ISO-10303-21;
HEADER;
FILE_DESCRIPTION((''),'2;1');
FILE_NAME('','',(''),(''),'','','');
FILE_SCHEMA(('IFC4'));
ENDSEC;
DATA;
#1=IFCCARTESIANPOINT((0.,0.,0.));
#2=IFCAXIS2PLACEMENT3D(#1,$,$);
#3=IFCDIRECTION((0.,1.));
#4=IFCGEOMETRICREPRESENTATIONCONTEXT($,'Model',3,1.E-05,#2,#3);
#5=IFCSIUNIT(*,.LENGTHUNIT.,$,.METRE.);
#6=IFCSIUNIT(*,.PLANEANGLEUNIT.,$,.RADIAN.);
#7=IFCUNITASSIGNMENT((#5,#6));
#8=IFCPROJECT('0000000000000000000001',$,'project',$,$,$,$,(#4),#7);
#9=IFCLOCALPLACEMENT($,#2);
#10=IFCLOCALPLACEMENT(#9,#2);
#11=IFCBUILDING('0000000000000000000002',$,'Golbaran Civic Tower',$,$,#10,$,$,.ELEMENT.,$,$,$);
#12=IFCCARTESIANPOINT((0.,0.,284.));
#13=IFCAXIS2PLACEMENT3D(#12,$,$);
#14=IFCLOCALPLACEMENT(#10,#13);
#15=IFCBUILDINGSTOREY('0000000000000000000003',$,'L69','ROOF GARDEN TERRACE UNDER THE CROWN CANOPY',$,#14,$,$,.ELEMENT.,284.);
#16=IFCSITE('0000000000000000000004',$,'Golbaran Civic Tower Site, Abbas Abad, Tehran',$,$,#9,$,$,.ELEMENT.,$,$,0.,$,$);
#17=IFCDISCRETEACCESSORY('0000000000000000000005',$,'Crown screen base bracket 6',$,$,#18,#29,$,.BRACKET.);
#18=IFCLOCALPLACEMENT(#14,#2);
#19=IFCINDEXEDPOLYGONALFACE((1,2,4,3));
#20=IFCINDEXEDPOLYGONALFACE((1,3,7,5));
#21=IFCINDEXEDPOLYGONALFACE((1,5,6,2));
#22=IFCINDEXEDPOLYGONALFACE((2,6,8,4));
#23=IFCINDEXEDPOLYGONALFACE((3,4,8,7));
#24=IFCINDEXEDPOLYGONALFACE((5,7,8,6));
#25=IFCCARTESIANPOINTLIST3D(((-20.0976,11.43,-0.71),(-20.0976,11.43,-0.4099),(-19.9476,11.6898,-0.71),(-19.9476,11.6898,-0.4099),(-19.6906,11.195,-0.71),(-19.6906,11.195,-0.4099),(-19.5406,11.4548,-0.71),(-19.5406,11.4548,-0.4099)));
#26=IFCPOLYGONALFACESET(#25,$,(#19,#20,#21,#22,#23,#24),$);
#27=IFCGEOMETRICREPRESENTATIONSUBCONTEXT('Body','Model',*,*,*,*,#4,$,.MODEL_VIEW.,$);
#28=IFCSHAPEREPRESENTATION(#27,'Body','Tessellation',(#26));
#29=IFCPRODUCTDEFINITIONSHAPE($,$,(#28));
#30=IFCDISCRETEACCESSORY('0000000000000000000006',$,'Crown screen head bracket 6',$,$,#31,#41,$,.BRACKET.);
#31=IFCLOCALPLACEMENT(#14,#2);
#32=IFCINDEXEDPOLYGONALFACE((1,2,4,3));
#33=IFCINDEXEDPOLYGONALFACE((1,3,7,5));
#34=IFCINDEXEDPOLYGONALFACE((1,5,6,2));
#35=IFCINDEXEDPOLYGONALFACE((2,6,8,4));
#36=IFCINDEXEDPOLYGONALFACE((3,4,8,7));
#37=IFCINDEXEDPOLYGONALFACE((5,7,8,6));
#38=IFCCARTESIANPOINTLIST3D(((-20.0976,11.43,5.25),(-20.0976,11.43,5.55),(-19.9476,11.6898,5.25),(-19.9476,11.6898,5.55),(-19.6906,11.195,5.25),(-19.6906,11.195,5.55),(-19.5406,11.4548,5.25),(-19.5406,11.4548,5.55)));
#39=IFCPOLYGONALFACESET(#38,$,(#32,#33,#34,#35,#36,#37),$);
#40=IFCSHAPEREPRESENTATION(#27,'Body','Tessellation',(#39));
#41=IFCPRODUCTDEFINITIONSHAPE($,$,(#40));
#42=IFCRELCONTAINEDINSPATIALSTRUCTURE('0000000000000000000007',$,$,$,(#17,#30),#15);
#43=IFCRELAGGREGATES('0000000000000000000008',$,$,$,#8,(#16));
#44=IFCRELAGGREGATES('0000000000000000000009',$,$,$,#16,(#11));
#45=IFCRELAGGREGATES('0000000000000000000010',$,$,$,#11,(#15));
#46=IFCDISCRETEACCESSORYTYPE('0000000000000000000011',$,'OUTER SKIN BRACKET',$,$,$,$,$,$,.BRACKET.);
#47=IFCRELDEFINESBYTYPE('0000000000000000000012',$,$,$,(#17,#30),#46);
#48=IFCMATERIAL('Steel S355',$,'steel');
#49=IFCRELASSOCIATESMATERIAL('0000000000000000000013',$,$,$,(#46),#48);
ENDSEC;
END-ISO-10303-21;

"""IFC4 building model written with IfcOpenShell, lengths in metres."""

from ifc_helpers import new_model, si_unit, direction, frame, origin, origin_2d, place, context, subcontext, project, spatial, rectangle, extrude, material, type_object, element, save


model = new_model("IFC4")

# Units and contexts
model_context = context("Model", 3, precision=1e-05, world=origin(), true_north=direction((0.0, 1.0)))
body_context = subcontext(model_context, "Body", "Model", "MODEL_VIEW")
ifc_project = project(units=[si_unit("LENGTHUNIT", "METRE"), si_unit("PLANEANGLEUNIT", "RADIAN")], contexts=[model_context])

# Site, building, storey
site_placement = place(None, origin())
site = spatial("IfcSite", under=ifc_project, at=site_placement, Name="Golbaran Civic Tower Site, Abbas Abad, Tehran", CompositionType="ELEMENT", RefElevation=0.0)
building_placement = place(site_placement, origin())
building = spatial("IfcBuilding", under=site, at=building_placement, Name="Golbaran Civic Tower", CompositionType="ELEMENT")
storey_placement = place(building_placement, frame((0.0, 0.0, 284.0)))
storey = spatial("IfcBuildingStorey", under=building, at=storey_placement, Name="L69", Description="ROOF GARDEN TERRACE UNDER THE CROWN CANOPY", CompositionType="ELEMENT", Elevation=284.0)

# Shared definitions
ifc_material_1 = material(Name="Steel S355", Category="steel")

# Discrete accessories
discrete_accessory_type = type_object("IfcDiscreteAccessoryType", Name="OUTER SKIN BRACKET", PredefinedType="BRACKET", material=ifc_material_1)
for number, where, z_axis, x_axis, name in (
    (1, (-19.8191, 11.4424, -0.71), (0.0, 0.0, 1.0), (-0.866025, 0.5, 0.0), "Crown screen base bracket 6"),
    (2, (-19.8191, 11.4424, 5.25), (0.0, 0.0, 1.0), (-0.866025, 0.5, 0.0), "Crown screen head bracket 6"),
):
    element("IfcDiscreteAccessory", number, at=place(storey_placement, frame(where, z_axis=z_axis, x_axis=x_axis)), inside=storey, type_object=discrete_accessory_type, Name=name, PredefinedType="BRACKET", context=body_context, shape_type="SweptSolid", body=[
        extrude(rectangle(XDim=0.47, YDim=0.3, at=origin_2d()), origin(), (0.0, 0.0, 1.0), 0.3),
    ])

save(model, "model.ifc")
